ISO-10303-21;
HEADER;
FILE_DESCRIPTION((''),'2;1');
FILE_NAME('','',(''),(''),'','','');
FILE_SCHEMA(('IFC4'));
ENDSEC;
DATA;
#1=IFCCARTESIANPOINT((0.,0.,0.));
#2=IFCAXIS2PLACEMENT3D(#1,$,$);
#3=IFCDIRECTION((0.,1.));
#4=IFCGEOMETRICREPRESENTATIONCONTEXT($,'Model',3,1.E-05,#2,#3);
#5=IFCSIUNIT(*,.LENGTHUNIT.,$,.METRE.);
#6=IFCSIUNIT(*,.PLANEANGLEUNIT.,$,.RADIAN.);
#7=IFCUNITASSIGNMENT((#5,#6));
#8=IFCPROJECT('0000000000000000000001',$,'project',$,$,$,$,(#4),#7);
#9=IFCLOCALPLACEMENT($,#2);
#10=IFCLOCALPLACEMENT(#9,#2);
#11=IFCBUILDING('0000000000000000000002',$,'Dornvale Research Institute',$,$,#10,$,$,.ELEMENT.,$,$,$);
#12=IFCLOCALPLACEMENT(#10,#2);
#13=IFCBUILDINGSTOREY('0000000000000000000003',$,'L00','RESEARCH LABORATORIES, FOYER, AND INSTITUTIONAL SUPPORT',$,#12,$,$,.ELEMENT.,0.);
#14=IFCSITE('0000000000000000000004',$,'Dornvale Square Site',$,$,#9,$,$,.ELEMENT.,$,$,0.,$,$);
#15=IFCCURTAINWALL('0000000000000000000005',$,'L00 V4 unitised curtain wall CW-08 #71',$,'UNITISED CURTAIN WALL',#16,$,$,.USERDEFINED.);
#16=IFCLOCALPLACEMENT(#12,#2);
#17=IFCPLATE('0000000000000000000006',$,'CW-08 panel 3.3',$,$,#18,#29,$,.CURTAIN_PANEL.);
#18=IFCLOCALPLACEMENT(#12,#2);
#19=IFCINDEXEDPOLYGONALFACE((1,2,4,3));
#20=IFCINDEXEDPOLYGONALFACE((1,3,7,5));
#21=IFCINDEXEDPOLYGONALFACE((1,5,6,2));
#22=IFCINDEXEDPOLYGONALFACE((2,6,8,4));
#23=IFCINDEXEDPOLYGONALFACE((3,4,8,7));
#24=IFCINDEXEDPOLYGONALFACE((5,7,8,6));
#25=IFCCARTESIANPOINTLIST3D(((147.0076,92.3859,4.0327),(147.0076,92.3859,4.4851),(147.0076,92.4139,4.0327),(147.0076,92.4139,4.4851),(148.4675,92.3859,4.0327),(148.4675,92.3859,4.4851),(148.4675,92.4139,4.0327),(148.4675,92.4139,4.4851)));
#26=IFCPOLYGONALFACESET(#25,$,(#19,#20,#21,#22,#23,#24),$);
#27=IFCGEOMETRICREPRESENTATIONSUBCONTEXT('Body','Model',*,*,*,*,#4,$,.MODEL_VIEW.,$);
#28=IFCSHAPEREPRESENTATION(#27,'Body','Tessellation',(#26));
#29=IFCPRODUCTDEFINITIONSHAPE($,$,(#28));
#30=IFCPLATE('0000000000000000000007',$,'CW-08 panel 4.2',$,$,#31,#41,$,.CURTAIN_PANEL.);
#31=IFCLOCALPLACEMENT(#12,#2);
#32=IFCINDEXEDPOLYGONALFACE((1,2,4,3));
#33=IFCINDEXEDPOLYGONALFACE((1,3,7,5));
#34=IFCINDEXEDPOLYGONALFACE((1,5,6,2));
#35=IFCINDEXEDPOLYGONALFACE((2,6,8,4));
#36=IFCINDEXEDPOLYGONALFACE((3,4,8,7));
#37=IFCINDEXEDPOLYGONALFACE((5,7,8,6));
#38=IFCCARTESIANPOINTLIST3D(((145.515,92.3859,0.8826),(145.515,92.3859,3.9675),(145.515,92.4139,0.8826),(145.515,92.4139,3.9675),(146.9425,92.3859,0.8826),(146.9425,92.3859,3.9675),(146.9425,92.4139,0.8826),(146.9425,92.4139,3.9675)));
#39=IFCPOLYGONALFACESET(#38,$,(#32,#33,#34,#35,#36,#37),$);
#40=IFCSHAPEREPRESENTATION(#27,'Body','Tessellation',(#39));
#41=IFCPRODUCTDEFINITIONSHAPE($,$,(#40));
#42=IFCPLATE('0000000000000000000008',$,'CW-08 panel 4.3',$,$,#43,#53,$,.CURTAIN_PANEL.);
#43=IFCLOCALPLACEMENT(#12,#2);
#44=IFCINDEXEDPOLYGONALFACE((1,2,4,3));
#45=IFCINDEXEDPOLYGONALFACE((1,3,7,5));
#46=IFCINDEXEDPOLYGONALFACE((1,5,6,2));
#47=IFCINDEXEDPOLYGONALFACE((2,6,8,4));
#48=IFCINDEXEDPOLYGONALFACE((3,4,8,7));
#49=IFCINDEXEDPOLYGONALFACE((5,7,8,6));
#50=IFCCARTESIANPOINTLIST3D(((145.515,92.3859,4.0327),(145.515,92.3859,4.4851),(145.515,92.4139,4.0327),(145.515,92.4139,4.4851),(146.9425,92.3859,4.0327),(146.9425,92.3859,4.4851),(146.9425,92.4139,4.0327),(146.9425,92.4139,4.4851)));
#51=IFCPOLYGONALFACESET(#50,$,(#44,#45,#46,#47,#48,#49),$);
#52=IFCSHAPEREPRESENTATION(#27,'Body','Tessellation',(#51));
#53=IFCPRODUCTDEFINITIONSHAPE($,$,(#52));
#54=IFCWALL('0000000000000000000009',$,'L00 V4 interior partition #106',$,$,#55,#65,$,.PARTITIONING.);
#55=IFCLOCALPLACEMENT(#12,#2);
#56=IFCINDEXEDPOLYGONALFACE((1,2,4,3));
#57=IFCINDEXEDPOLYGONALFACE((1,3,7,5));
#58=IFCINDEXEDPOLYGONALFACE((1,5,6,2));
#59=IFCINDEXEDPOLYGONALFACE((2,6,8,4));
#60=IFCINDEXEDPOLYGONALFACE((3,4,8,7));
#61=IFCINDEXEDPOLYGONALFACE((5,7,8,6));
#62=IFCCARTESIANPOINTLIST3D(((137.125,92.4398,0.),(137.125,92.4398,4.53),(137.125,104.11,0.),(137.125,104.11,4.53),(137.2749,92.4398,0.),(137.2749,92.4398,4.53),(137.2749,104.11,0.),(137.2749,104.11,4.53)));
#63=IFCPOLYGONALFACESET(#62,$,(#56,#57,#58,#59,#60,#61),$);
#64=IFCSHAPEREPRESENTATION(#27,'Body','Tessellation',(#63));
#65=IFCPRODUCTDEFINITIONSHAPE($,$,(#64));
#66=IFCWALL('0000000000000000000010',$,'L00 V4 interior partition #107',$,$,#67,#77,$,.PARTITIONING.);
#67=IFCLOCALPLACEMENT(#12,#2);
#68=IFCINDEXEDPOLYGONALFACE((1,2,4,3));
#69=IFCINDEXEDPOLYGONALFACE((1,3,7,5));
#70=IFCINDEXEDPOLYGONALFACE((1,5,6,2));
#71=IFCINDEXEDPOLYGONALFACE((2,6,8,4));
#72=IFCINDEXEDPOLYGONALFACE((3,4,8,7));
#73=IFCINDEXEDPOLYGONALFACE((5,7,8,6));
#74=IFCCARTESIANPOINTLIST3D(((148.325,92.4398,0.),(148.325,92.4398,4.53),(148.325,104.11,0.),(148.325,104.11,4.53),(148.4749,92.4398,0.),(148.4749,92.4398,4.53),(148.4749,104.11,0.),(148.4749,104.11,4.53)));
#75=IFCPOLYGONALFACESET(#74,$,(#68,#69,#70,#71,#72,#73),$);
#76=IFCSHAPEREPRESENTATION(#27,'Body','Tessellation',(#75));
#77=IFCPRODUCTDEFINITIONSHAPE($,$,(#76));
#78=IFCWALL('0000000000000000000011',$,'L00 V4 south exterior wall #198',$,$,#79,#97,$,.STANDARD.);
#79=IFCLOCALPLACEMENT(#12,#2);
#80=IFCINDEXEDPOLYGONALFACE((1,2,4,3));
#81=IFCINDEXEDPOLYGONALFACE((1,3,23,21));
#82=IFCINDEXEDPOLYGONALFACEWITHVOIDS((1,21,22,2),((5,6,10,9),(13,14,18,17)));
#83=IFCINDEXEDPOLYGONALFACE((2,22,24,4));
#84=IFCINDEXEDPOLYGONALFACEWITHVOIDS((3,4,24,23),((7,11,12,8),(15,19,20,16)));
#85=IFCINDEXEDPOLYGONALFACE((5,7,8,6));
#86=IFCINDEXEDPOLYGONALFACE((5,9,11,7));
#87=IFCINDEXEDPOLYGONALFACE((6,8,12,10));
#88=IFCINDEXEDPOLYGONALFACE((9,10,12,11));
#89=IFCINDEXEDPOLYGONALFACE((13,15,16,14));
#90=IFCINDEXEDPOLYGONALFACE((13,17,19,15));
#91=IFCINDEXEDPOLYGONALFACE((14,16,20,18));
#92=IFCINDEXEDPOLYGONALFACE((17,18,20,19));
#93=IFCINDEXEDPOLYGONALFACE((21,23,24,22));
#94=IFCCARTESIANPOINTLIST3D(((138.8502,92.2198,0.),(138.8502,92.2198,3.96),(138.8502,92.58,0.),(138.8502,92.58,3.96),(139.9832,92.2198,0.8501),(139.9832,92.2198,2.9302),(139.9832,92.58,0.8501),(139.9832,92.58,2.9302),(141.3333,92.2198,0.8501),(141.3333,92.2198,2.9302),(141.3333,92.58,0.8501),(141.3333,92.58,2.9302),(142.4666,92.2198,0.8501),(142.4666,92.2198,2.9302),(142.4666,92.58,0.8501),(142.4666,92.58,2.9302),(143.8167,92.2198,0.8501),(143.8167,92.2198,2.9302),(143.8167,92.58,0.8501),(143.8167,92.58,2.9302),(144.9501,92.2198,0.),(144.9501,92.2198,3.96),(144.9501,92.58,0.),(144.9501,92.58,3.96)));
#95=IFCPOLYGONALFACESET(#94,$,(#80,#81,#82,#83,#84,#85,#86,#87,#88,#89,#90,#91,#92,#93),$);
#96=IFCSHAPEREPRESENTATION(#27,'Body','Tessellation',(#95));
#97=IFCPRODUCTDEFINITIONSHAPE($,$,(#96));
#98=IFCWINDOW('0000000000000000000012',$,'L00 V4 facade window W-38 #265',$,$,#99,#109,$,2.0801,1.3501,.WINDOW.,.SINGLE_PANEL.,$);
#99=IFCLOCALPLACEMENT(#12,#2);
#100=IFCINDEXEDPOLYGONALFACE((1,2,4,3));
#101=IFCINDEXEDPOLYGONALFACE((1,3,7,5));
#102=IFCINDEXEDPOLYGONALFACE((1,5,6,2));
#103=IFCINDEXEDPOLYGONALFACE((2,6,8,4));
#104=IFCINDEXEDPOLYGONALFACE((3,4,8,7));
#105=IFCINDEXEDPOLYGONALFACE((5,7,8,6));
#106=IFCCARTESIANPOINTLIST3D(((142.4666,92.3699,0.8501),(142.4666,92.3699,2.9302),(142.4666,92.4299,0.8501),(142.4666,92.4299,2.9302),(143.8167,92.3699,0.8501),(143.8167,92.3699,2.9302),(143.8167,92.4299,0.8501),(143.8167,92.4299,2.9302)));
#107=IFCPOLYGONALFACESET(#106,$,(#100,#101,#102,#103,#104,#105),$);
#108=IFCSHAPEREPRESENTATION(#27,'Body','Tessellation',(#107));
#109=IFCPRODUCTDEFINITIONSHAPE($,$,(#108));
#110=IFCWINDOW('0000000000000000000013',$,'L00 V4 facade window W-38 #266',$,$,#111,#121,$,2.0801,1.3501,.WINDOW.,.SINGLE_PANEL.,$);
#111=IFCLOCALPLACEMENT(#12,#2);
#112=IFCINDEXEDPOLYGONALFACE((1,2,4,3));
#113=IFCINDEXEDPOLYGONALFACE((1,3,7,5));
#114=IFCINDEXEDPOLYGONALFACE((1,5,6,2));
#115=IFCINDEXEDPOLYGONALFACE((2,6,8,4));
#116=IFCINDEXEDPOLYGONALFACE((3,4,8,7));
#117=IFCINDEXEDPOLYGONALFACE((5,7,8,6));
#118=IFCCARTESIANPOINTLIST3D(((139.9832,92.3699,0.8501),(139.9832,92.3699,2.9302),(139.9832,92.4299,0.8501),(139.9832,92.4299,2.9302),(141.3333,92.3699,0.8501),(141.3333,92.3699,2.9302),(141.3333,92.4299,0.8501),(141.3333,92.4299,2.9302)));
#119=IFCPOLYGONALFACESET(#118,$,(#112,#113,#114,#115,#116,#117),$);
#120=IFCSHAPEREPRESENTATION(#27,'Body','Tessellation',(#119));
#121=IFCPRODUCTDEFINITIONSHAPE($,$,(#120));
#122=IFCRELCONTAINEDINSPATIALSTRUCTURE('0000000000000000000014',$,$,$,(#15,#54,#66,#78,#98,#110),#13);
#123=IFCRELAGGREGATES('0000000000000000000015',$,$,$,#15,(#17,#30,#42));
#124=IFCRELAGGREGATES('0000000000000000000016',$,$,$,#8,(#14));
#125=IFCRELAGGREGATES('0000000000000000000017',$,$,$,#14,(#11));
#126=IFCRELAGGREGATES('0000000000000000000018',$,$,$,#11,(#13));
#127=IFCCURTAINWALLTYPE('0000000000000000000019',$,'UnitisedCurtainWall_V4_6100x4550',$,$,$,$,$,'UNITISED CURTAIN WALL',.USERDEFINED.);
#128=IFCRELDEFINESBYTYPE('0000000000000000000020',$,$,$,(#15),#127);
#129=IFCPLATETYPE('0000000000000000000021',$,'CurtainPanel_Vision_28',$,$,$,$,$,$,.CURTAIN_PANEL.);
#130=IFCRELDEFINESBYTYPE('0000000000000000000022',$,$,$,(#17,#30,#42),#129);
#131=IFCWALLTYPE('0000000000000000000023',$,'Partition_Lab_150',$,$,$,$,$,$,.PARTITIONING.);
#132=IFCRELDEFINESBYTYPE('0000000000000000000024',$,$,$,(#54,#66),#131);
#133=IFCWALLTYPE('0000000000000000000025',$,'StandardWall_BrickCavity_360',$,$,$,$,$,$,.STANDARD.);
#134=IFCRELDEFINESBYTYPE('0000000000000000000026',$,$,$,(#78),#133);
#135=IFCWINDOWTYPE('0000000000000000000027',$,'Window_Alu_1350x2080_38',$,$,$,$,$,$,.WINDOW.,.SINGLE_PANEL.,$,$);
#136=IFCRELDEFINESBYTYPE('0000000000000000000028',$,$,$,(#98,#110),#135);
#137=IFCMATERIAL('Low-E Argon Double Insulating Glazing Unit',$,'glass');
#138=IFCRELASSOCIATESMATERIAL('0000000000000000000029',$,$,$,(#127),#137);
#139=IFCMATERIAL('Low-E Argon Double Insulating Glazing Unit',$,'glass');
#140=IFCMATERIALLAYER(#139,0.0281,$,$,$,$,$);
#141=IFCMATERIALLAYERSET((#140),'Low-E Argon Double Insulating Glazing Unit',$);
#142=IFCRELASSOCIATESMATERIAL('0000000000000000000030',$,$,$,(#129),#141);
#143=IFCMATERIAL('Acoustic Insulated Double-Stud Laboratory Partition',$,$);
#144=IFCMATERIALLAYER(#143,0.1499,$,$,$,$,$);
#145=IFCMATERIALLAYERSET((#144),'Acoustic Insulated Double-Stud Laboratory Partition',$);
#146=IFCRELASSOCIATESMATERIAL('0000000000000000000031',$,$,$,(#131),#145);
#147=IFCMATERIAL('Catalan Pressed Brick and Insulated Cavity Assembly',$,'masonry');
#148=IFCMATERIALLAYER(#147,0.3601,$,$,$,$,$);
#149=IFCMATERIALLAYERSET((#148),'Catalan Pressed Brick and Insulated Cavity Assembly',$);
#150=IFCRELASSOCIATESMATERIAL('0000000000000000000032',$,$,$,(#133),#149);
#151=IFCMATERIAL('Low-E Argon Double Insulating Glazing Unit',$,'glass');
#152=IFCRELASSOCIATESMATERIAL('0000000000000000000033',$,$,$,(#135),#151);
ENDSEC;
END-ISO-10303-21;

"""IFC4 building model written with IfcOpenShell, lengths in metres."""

from ifc_helpers import new_model, si_unit, direction, frame, frame_2d, origin, origin_2d, place, context, subcontext, project, spatial, rectangle, extrude, material, layer, layer_set, type_object, element, fill, aggregate, save


model = new_model("IFC4")

# Units and contexts
model_context = context("Model", 3, precision=1e-05, world=origin(), true_north=direction((0.0, 1.0)))
body_context = subcontext(model_context, "Body", "Model", "MODEL_VIEW")
ifc_project = project(units=[si_unit("LENGTHUNIT", "METRE"), si_unit("PLANEANGLEUNIT", "RADIAN")], contexts=[model_context])

# Site, building, storey
site_placement = place(None, origin())
site = spatial("IfcSite", under=ifc_project, at=site_placement, Name="Dornvale Square Site", CompositionType="ELEMENT", RefElevation=0.0)
building_placement = place(site_placement, origin())
building = spatial("IfcBuilding", under=site, at=building_placement, Name="Dornvale Research Institute", CompositionType="ELEMENT")
storey_placement = place(building_placement, origin())
storey = spatial("IfcBuildingStorey", under=building, at=storey_placement, Name="L00", Description="RESEARCH LABORATORIES, FOYER, AND INSTITUTIONAL SUPPORT", CompositionType="ELEMENT", Elevation=0.0)

# Curtain wall
ifc_material_1 = material(Name="Low-E Argon Double Insulating Glazing Unit", Category="glass")
curtain_wall_type = type_object("IfcCurtainWallType", Name="UnitisedCurtainWall_V4_6100x4550", ElementType="UNITISED CURTAIN WALL", PredefinedType="USERDEFINED", material=ifc_material_1)
curtain_wall_1_placement = place(storey_placement, origin())
curtain_wall_1 = element("IfcCurtainWall", 1, at=curtain_wall_1_placement, inside=storey, type_object=curtain_wall_type, Name="L00 V4 unitised curtain wall CW-08 #71", ObjectType="UNITISED CURTAIN WALL", PredefinedType="USERDEFINED")

# Plates
ifc_material_2 = material(Name="Low-E Argon Double Insulating Glazing Unit", Category="glass")
ifc_layer_1 = layer(ifc_material_2, 0.0281)
ifc_layer_set_1 = layer_set([ifc_layer_1], Name="Low-E Argon Double Insulating Glazing Unit")
plate_type_1 = type_object("IfcPlateType", Name="CurtainPanel_Vision_28", PredefinedType="CURTAIN_PANEL", material=ifc_layer_set_1)
plate_1_placement = place(storey_placement, frame((147.7375, 92.3999, 4.0327), z_axis=(0.0, 0.0, 1.0), x_axis=(-1.0, 0.0, 0.0)))
plate_1 = element("IfcPlate", 2, at=plate_1_placement, type_object=plate_type_1, Name="CW-08 panel 3.3", PredefinedType="CURTAIN_PANEL", context=body_context, shape_type="SweptSolid", body=[
    extrude(rectangle(XDim=1.46, YDim=0.0281, at=origin_2d()), origin(), (0.0, 0.0, 1.0), 0.4524),
])
plate_2_placement = place(storey_placement, frame((146.2288, 92.3999, 0.8826), z_axis=(0.0, 0.0, 1.0), x_axis=(-1.0, 0.0, 0.0)))
plate_2 = element("IfcPlate", 3, at=plate_2_placement, type_object=plate_type_1, Name="CW-08 panel 4.2", PredefinedType="CURTAIN_PANEL", context=body_context, shape_type="SweptSolid", body=[
    extrude(rectangle(XDim=1.4275, YDim=0.0281, at=origin_2d()), origin(), (0.0, 0.0, 1.0), 3.085),
])
plate_3_placement = place(storey_placement, frame((146.2288, 92.3999, 4.0327), z_axis=(0.0, 0.0, 1.0), x_axis=(-1.0, 0.0, 0.0)))
plate_3 = element("IfcPlate", 4, at=plate_3_placement, type_object=plate_type_1, Name="CW-08 panel 4.3", PredefinedType="CURTAIN_PANEL", context=body_context, shape_type="SweptSolid", body=[
    extrude(rectangle(XDim=1.4275, YDim=0.0281, at=origin_2d()), origin(), (0.0, 0.0, 1.0), 0.4524),
])
aggregate(curtain_wall_1, [plate_1, plate_2, plate_3])

# Walls
ifc_material_3 = material(Name="Acoustic Insulated Double-Stud Laboratory Partition")
ifc_layer_2 = layer(ifc_material_3, 0.1499)
ifc_layer_set_2 = layer_set([ifc_layer_2], Name="Acoustic Insulated Double-Stud Laboratory Partition")
wall_type_1 = type_object("IfcWallType", Name="Partition_Lab_150", PredefinedType="PARTITIONING", material=ifc_layer_set_2)
for number, where, z_axis, x_axis, name in (
    (5, (137.2, 92.4399, 0.0), (0.0, 0.0, 1.0), (0.0, 1.0, 0.0), "L00 V4 interior partition #106"),
    (6, (148.3999, 92.4399, 0.0), (0.0, 0.0, 1.0), (0.0, 1.0, 0.0), "L00 V4 interior partition #107"),
):
    element("IfcWall", number, at=place(storey_placement, frame(where, z_axis=z_axis, x_axis=x_axis)), inside=storey, type_object=wall_type_1, Name=name, PredefinedType="PARTITIONING", context=body_context, shape_type="SweptSolid", body=[
        extrude(rectangle(XDim=11.6702, YDim=0.1499, at=frame_2d((5.835, 0.0))), origin(), (0.0, 0.0, 1.0), 4.53),
    ])

# Wall, openings, windows
ifc_material_4 = material(Name="Catalan Pressed Brick and Insulated Cavity Assembly", Category="masonry")
ifc_layer_3 = layer(ifc_material_4, 0.3601)
ifc_layer_set_3 = layer_set([ifc_layer_3], Name="Catalan Pressed Brick and Insulated Cavity Assembly")
wall_type_2 = type_object("IfcWallType", Name="StandardWall_BrickCavity_360", PredefinedType="STANDARD", material=ifc_layer_set_3)
wall_placement = place(storey_placement, frame((144.95, 92.3999, 0.0), z_axis=(0.0, 0.0, 1.0), x_axis=(-1.0, 0.0, 0.0)))
wall = element("IfcWall", 7, at=wall_placement, inside=storey, type_object=wall_type_2, Name="L00 V4 south exterior wall #198", PredefinedType="STANDARD", context=body_context, shape_type="SweptSolid", body=[
    extrude(rectangle(XDim=6.0999, YDim=0.3601, at=frame_2d((3.0498, 0.0))), origin(), (0.0, 0.0, 1.0), 3.96),
])
opening_1_placement = place(wall_placement, frame((1.1333, 0.0, 0.8501)))
opening_1 = element("IfcOpeningElement", 8, at=opening_1_placement, cuts=wall, PredefinedType="OPENING", context=body_context, shape_type="SweptSolid", body=[
    extrude(rectangle(XDim=1.3501, YDim=2.0801, at=frame_2d((0.675, 1.04))), frame((0.0, 0.1951, 0.0), z_axis=(0.0, -1.0, 0.0), x_axis=(1.0, 0.0, 0.0)), (0.0, 0.0, 1.0), 0.3901),
])
opening_2_placement = place(wall_placement, frame((3.6167, 0.0, 0.8501)))
opening_2 = element("IfcOpeningElement", 9, at=opening_2_placement, cuts=wall, PredefinedType="OPENING", context=body_context, shape_type="SweptSolid", body=[
    extrude(rectangle(XDim=1.3501, YDim=2.0801, at=frame_2d((0.675, 1.04))), frame((0.0, 0.1951, 0.0), z_axis=(0.0, -1.0, 0.0), x_axis=(1.0, 0.0, 0.0)), (0.0, 0.0, 1.0), 0.3901),
])
ifc_material_5 = material(Name="Low-E Argon Double Insulating Glazing Unit", Category="glass")
window_type = type_object("IfcWindowType", Name="Window_Alu_1350x2080_38", PartitioningType="SINGLE_PANEL", PredefinedType="WINDOW", material=ifc_material_5)
window_1_placement = place(opening_1_placement, origin())
window_1 = element("IfcWindow", 10, at=window_1_placement, inside=storey, type_object=window_type, Name="L00 V4 facade window W-38 #265", OverallHeight=2.0801, OverallWidth=1.3501, PartitioningType="SINGLE_PANEL", PredefinedType="WINDOW", context=body_context, shape_type="SweptSolid", body=[
    extrude(rectangle(XDim=1.3501, YDim=2.0801, at=frame_2d((0.675, 1.04))), frame((0.0, 0.03, 0.0), z_axis=(0.0, -1.0, 0.0), x_axis=(1.0, 0.0, 0.0)), (0.0, 0.0, 1.0), 0.0601),
])
fill(opening_1, window_1)
window_2_placement = place(opening_2_placement, origin())
window_2 = element("IfcWindow", 11, at=window_2_placement, inside=storey, type_object=window_type, Name="L00 V4 facade window W-38 #266", OverallHeight=2.0801, OverallWidth=1.3501, PartitioningType="SINGLE_PANEL", PredefinedType="WINDOW", context=body_context, shape_type="SweptSolid", body=[
    extrude(rectangle(XDim=1.3501, YDim=2.0801, at=frame_2d((0.675, 1.04))), frame((0.0, 0.03, 0.0), z_axis=(0.0, -1.0, 0.0), x_axis=(1.0, 0.0, 0.0)), (0.0, 0.0, 1.0), 0.0601),
])
fill(opening_2, window_2)

save(model, "model.ifc")
